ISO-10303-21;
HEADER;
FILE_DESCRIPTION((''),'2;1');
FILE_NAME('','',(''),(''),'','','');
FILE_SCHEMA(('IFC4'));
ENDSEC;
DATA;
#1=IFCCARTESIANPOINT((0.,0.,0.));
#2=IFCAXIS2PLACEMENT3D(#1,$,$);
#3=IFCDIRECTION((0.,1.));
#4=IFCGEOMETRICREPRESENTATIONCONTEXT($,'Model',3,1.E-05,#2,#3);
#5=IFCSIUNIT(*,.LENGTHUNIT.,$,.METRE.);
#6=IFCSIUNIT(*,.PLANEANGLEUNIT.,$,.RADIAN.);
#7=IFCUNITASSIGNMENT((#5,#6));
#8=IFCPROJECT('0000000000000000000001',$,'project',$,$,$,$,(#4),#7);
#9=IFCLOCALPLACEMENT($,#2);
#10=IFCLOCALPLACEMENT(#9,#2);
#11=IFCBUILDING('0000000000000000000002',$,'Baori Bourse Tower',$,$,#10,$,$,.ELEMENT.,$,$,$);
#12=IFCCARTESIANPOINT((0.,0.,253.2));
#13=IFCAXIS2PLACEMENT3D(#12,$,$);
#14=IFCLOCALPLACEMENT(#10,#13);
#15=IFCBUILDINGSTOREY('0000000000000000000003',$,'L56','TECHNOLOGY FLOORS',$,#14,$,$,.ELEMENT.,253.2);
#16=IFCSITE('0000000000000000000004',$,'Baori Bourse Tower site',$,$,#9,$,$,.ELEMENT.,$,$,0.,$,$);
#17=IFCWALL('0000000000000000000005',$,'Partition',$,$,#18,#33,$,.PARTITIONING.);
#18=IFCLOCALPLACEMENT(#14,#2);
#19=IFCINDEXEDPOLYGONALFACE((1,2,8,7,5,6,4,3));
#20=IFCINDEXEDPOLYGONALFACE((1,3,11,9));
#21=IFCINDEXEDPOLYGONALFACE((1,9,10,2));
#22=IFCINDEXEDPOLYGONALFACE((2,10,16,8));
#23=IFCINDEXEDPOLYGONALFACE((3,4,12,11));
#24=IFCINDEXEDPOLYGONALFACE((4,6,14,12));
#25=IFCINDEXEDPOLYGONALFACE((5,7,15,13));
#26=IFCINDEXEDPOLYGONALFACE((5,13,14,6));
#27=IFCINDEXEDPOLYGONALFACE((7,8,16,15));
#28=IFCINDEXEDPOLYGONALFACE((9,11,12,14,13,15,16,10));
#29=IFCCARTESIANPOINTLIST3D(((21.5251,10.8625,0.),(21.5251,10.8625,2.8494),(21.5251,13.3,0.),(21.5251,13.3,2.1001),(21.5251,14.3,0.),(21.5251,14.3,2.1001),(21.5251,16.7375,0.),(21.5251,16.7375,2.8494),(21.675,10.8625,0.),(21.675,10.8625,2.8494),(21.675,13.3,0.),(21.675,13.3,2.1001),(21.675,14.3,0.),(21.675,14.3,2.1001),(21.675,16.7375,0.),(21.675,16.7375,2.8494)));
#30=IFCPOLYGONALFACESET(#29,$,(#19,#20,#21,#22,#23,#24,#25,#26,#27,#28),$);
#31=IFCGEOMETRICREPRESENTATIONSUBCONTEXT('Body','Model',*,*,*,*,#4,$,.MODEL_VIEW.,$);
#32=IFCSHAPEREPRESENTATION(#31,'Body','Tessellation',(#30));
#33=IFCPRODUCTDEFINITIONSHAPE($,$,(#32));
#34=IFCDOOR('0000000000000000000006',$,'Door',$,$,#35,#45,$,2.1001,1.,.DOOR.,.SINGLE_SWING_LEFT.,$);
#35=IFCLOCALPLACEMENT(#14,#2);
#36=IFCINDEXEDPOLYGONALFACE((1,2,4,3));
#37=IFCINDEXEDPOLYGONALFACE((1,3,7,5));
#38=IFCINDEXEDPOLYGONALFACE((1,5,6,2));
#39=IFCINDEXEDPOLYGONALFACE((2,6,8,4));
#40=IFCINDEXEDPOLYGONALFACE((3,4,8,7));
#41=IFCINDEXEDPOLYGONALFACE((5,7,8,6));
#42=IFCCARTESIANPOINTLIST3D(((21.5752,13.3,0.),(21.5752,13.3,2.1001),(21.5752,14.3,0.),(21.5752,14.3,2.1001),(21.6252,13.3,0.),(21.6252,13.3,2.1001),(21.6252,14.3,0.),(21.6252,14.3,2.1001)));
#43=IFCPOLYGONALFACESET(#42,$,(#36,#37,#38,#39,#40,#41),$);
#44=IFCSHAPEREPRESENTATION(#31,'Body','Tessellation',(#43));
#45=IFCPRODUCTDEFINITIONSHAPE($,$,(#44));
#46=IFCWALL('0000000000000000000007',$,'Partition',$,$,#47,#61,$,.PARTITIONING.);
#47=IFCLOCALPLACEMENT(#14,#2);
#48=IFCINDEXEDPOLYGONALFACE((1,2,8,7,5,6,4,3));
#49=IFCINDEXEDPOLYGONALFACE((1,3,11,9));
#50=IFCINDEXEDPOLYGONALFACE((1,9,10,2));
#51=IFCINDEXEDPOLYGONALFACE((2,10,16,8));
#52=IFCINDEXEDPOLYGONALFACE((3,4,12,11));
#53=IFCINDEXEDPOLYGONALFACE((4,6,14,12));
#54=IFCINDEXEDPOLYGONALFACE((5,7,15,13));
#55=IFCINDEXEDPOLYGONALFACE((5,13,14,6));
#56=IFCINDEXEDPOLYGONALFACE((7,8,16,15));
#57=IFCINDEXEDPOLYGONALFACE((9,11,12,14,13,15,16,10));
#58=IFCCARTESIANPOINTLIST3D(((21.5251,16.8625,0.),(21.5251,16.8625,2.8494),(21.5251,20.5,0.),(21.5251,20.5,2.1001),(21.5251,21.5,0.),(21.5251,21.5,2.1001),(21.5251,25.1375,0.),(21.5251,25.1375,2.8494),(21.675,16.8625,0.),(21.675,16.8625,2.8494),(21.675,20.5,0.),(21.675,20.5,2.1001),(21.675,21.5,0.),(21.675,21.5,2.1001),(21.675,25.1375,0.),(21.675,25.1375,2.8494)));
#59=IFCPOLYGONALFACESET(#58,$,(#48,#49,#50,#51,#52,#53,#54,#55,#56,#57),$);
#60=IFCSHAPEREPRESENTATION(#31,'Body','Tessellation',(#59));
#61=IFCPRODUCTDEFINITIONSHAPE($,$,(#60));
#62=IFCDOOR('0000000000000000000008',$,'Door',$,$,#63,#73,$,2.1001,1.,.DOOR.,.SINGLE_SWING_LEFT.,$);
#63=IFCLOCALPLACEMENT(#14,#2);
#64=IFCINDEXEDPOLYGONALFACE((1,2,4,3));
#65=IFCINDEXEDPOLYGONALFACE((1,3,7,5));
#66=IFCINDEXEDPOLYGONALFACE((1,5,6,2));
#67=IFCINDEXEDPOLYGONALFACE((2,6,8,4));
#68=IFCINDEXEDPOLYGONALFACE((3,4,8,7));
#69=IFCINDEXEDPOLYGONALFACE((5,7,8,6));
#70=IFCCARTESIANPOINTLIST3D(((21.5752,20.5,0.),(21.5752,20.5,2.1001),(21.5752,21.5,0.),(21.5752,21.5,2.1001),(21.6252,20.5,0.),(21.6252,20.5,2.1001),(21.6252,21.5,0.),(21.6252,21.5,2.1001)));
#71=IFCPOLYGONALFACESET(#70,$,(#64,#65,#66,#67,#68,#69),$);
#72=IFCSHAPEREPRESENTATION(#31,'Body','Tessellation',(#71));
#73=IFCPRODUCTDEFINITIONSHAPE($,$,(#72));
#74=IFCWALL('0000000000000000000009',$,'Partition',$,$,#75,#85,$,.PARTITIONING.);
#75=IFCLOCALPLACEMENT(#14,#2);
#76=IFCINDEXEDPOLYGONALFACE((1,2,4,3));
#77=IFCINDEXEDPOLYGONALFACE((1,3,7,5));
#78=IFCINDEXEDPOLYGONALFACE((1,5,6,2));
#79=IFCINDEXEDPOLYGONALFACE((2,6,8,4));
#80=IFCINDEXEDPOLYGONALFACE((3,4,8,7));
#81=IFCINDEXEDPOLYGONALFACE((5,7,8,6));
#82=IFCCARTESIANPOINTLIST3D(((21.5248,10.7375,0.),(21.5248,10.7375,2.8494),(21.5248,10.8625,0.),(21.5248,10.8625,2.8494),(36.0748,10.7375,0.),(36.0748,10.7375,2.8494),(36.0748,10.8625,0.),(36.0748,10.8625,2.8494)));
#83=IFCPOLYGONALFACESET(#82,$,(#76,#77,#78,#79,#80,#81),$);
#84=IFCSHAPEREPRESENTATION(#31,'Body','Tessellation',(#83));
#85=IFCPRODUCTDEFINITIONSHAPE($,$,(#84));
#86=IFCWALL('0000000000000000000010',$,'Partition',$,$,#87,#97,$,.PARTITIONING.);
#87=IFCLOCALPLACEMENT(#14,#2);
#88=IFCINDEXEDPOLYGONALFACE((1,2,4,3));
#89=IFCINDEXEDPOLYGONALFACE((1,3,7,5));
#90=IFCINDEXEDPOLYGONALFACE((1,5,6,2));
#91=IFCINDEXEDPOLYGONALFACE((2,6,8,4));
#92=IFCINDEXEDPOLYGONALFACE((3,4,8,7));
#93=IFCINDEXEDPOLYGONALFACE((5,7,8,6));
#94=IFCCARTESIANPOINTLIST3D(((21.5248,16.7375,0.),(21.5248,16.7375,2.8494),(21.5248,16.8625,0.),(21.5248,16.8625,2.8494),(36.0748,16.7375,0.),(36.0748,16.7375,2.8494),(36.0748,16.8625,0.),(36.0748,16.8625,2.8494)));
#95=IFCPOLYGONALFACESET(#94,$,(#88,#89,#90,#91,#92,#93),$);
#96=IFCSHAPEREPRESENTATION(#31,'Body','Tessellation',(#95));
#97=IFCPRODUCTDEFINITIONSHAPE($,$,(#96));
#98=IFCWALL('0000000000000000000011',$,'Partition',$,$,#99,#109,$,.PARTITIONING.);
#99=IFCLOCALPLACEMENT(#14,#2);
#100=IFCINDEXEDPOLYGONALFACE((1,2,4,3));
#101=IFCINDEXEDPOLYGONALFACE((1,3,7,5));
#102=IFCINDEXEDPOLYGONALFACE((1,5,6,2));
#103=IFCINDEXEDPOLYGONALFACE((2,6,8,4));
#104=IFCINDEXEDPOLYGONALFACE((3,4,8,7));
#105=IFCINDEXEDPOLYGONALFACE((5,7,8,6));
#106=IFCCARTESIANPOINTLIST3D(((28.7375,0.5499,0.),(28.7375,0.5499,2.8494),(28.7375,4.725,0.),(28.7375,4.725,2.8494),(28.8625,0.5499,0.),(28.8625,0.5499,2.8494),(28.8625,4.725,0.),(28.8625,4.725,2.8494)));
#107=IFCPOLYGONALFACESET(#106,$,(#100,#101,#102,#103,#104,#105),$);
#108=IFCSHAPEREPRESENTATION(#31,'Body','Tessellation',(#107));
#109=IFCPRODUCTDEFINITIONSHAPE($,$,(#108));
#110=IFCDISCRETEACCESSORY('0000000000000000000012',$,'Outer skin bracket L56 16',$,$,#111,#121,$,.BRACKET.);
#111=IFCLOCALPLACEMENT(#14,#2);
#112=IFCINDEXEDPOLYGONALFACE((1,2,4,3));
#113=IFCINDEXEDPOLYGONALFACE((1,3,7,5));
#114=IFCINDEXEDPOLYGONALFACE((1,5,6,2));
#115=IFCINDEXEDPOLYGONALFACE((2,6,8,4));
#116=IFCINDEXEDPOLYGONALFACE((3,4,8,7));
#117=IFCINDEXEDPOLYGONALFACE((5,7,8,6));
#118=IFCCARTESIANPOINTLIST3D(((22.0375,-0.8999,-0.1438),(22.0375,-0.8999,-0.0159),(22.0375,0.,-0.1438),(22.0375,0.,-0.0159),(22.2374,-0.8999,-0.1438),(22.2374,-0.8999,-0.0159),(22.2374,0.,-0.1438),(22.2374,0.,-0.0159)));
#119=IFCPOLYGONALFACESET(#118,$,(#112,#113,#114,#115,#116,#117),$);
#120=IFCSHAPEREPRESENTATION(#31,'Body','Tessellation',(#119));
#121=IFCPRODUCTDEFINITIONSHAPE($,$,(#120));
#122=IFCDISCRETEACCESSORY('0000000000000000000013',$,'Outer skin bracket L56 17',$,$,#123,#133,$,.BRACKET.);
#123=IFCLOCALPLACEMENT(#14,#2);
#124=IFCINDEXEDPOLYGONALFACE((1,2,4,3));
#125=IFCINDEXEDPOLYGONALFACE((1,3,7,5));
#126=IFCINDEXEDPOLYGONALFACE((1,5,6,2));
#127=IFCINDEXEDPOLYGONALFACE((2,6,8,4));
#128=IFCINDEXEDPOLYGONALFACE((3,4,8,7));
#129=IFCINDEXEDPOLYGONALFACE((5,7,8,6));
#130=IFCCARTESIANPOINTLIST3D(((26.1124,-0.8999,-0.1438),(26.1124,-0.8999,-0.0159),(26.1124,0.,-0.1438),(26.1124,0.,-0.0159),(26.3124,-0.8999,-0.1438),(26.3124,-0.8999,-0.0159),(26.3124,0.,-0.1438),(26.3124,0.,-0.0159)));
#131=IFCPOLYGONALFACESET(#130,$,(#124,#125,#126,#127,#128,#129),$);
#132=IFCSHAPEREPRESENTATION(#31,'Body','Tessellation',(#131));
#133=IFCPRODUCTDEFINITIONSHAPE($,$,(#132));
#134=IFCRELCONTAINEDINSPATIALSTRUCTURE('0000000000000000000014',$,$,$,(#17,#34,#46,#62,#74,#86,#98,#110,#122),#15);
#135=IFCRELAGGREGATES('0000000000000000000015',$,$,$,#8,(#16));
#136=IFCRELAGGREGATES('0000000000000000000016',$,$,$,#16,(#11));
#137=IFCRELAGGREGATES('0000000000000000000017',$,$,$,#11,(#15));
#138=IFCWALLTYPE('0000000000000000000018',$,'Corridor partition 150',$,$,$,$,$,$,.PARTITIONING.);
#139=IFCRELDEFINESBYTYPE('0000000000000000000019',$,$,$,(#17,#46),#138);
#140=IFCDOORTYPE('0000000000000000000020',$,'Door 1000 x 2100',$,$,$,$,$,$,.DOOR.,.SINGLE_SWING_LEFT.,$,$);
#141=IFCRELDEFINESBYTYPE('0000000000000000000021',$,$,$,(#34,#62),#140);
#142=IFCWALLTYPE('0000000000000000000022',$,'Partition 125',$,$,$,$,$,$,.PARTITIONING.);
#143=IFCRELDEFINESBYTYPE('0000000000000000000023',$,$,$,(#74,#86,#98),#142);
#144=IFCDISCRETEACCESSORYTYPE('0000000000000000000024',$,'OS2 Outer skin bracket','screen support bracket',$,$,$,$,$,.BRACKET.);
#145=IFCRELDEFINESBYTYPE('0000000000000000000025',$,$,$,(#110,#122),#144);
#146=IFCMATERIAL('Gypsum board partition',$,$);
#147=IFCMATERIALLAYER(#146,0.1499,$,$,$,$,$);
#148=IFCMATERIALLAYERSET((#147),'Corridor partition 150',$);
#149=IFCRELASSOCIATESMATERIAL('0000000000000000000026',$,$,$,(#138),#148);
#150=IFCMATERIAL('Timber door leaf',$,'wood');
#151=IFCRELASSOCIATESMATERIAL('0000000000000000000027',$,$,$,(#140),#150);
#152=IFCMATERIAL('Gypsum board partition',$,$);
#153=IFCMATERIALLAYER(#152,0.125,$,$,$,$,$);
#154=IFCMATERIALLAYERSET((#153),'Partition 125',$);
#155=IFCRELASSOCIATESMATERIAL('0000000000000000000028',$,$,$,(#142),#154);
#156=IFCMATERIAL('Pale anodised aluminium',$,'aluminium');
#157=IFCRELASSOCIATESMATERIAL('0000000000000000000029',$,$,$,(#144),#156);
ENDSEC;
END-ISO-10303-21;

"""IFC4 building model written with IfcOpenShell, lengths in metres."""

from ifc_helpers import new_model, si_unit, direction, frame, frame_2d, origin, origin_2d, place, context, subcontext, project, spatial, rectangle, extrude, material, layer, layer_set, type_object, element, fill, save


model = new_model("IFC4")

# Units and contexts
model_context = context("Model", 3, precision=1e-05, world=origin(), true_north=direction((0.0, 1.0)))
body_context = subcontext(model_context, "Body", "Model", "MODEL_VIEW")
ifc_project = project(units=[si_unit("LENGTHUNIT", "METRE"), si_unit("PLANEANGLEUNIT", "RADIAN")], contexts=[model_context])

# Site, building, storey
site_placement = place(None, origin())
site = spatial("IfcSite", under=ifc_project, at=site_placement, Name="Baori Bourse Tower site", CompositionType="ELEMENT", RefElevation=0.0)
building_placement = place(site_placement, origin())
building = spatial("IfcBuilding", under=site, at=building_placement, Name="Baori Bourse Tower", CompositionType="ELEMENT")
storey_placement = place(building_placement, frame((0.0, 0.0, 253.2)))
storey = spatial("IfcBuildingStorey", under=building, at=storey_placement, Name="L56", Description="TECHNOLOGY FLOORS", CompositionType="ELEMENT", Elevation=253.2)

# Shared definitions
ifc_material_1 = material(Name="Gypsum board partition")
ifc_layer_1 = layer(ifc_material_1, 0.1499)
ifc_layer_set_1 = layer_set([ifc_layer_1], Name="Corridor partition 150")
wall_type_1 = type_object("IfcWallType", Name="Corridor partition 150", PredefinedType="PARTITIONING", material=ifc_layer_set_1)
ifc_material_2 = material(Name="Timber door leaf", Category="wood")
door_type = type_object("IfcDoorType", Name="Door 1000 x 2100", OperationType="SINGLE_SWING_LEFT", PredefinedType="DOOR", material=ifc_material_2)

# Walls, openings, doors
wall_1_placement = place(storey_placement, frame((21.6001, 10.8625, 0.0), z_axis=(0.0, 0.0, 1.0), x_axis=(0.0, 1.0, 0.0)))
wall_1 = element("IfcWall", 1, at=wall_1_placement, inside=storey, type_object=wall_type_1, Name="Partition", PredefinedType="PARTITIONING", context=body_context, shape_type="SweptSolid", body=[
    extrude(rectangle(XDim=5.875, YDim=0.1499, at=frame_2d((2.9375, 0.0))), origin(), (0.0, 0.0, 1.0), 2.8494),
])
opening_1_placement = place(wall_1_placement, frame((2.4375, 0.0, 0.0)))
opening_1 = element("IfcOpeningElement", 2, at=opening_1_placement, cuts=wall_1, PredefinedType="OPENING", context=body_context, shape_type="SweptSolid", body=[
    extrude(rectangle(XDim=1.0, YDim=2.1001, at=frame_2d((0.5, 1.05))), frame((0.0, 0.085, 0.0), z_axis=(0.0, -1.0, 0.0), x_axis=(1.0, 0.0, 0.0)), (0.0, 0.0, 1.0), 0.1699),
])
door_1_placement = place(opening_1_placement, origin())
door_1 = element("IfcDoor", 3, at=door_1_placement, inside=storey, type_object=door_type, Name="Door", OperationType="SINGLE_SWING_LEFT", OverallHeight=2.1001, OverallWidth=1.0, PredefinedType="DOOR", context=body_context, shape_type="SweptSolid", body=[
    extrude(rectangle(XDim=1.0, YDim=2.1001, at=frame_2d((0.5, 1.05))), frame((0.0, 0.0249, 0.0), z_axis=(0.0, -1.0, 0.0), x_axis=(1.0, 0.0, 0.0)), (0.0, 0.0, 1.0), 0.05),
])
fill(opening_1, door_1)
wall_2_placement = place(storey_placement, frame((21.6001, 16.8625, 0.0), z_axis=(0.0, 0.0, 1.0), x_axis=(0.0, 1.0, 0.0)))
wall_2 = element("IfcWall", 4, at=wall_2_placement, inside=storey, type_object=wall_type_1, Name="Partition", PredefinedType="PARTITIONING", context=body_context, shape_type="SweptSolid", body=[
    extrude(rectangle(XDim=8.2749, YDim=0.1499, at=frame_2d((4.1375, 0.0))), origin(), (0.0, 0.0, 1.0), 2.8494),
])
opening_2_placement = place(wall_2_placement, frame((3.6375, 0.0, 0.0)))
opening_2 = element("IfcOpeningElement", 5, at=opening_2_placement, cuts=wall_2, PredefinedType="OPENING", context=body_context, shape_type="SweptSolid", body=[
    extrude(rectangle(XDim=1.0, YDim=2.1001, at=frame_2d((0.5, 1.05))), frame((0.0, 0.085, 0.0), z_axis=(0.0, -1.0, 0.0), x_axis=(1.0, 0.0, 0.0)), (0.0, 0.0, 1.0), 0.1699),
])
door_2_placement = place(opening_2_placement, origin())
door_2 = element("IfcDoor", 6, at=door_2_placement, inside=storey, type_object=door_type, Name="Door", OperationType="SINGLE_SWING_LEFT", OverallHeight=2.1001, OverallWidth=1.0, PredefinedType="DOOR", context=body_context, shape_type="SweptSolid", body=[
    extrude(rectangle(XDim=1.0, YDim=2.1001, at=frame_2d((0.5, 1.05))), frame((0.0, 0.0249, 0.0), z_axis=(0.0, -1.0, 0.0), x_axis=(1.0, 0.0, 0.0)), (0.0, 0.0, 1.0), 0.05),
])
fill(opening_2, door_2)

# Walls
ifc_material_3 = material(Name="Gypsum board partition")
ifc_layer_2 = layer(ifc_material_3, 0.125)
ifc_layer_set_2 = layer_set([ifc_layer_2], Name="Partition 125")
wall_type_2 = type_object("IfcWallType", Name="Partition 125", PredefinedType="PARTITIONING", material=ifc_layer_set_2)
for number, where, z_axis, x_axis, name in (
    (7, (21.5249, 10.8, 0.0), (0.0, 0.0, 1.0), (1.0, 0.0, 0.0), "Partition"),
    (8, (21.5249, 16.8, 0.0), (0.0, 0.0, 1.0), (1.0, 0.0, 0.0), "Partition"),
):
    element("IfcWall", number, at=place(storey_placement, frame(where, z_axis=z_axis, x_axis=x_axis)), inside=storey, type_object=wall_type_2, Name=name, PredefinedType="PARTITIONING", context=body_context, shape_type="SweptSolid", body=[
        extrude(rectangle(XDim=14.55, YDim=0.125, at=frame_2d((7.2749, 0.0))), origin(), (0.0, 0.0, 1.0), 2.8494),
    ])
wall_3_placement = place(storey_placement, frame((28.8, 0.55, 0.0), z_axis=(0.0, 0.0, 1.0), x_axis=(0.0, 1.0, 0.0)))
element("IfcWall", 9, at=wall_3_placement, inside=storey, type_object=wall_type_2, Name="Partition", PredefinedType="PARTITIONING", context=body_context, shape_type="SweptSolid", body=[
    extrude(rectangle(XDim=4.175, YDim=0.125, at=frame_2d((2.0874, 0.0))), origin(), (0.0, 0.0, 1.0), 2.8494),
])

# Discrete accessories
ifc_material_4 = material(Name="Pale anodised aluminium", Category="aluminium")
discrete_accessory_type = type_object("IfcDiscreteAccessoryType", Name="OS2 Outer skin bracket", Description="screen support bracket", PredefinedType="BRACKET", material=ifc_material_4)
for number, where, z_axis, x_axis, name in (
    (10, (22.1375, -0.45, -0.1438), (0.0, 0.0, 1.0), (1.0, 0.0, 0.0), "Outer skin bracket L56 16"),
    (11, (26.2124, -0.45, -0.1438), (0.0, 0.0, 1.0), (1.0, 0.0, 0.0), "Outer skin bracket L56 17"),
):
    element("IfcDiscreteAccessory", number, at=place(storey_placement, frame(where, z_axis=z_axis, x_axis=x_axis)), inside=storey, type_object=discrete_accessory_type, Name=name, PredefinedType="BRACKET", context=body_context, shape_type="SweptSolid", body=[
        extrude(rectangle(XDim=0.2, YDim=0.8999, at=origin_2d()), origin(), (0.0, 0.0, 1.0), 0.1279),
    ])

save(model, "model.ifc")
